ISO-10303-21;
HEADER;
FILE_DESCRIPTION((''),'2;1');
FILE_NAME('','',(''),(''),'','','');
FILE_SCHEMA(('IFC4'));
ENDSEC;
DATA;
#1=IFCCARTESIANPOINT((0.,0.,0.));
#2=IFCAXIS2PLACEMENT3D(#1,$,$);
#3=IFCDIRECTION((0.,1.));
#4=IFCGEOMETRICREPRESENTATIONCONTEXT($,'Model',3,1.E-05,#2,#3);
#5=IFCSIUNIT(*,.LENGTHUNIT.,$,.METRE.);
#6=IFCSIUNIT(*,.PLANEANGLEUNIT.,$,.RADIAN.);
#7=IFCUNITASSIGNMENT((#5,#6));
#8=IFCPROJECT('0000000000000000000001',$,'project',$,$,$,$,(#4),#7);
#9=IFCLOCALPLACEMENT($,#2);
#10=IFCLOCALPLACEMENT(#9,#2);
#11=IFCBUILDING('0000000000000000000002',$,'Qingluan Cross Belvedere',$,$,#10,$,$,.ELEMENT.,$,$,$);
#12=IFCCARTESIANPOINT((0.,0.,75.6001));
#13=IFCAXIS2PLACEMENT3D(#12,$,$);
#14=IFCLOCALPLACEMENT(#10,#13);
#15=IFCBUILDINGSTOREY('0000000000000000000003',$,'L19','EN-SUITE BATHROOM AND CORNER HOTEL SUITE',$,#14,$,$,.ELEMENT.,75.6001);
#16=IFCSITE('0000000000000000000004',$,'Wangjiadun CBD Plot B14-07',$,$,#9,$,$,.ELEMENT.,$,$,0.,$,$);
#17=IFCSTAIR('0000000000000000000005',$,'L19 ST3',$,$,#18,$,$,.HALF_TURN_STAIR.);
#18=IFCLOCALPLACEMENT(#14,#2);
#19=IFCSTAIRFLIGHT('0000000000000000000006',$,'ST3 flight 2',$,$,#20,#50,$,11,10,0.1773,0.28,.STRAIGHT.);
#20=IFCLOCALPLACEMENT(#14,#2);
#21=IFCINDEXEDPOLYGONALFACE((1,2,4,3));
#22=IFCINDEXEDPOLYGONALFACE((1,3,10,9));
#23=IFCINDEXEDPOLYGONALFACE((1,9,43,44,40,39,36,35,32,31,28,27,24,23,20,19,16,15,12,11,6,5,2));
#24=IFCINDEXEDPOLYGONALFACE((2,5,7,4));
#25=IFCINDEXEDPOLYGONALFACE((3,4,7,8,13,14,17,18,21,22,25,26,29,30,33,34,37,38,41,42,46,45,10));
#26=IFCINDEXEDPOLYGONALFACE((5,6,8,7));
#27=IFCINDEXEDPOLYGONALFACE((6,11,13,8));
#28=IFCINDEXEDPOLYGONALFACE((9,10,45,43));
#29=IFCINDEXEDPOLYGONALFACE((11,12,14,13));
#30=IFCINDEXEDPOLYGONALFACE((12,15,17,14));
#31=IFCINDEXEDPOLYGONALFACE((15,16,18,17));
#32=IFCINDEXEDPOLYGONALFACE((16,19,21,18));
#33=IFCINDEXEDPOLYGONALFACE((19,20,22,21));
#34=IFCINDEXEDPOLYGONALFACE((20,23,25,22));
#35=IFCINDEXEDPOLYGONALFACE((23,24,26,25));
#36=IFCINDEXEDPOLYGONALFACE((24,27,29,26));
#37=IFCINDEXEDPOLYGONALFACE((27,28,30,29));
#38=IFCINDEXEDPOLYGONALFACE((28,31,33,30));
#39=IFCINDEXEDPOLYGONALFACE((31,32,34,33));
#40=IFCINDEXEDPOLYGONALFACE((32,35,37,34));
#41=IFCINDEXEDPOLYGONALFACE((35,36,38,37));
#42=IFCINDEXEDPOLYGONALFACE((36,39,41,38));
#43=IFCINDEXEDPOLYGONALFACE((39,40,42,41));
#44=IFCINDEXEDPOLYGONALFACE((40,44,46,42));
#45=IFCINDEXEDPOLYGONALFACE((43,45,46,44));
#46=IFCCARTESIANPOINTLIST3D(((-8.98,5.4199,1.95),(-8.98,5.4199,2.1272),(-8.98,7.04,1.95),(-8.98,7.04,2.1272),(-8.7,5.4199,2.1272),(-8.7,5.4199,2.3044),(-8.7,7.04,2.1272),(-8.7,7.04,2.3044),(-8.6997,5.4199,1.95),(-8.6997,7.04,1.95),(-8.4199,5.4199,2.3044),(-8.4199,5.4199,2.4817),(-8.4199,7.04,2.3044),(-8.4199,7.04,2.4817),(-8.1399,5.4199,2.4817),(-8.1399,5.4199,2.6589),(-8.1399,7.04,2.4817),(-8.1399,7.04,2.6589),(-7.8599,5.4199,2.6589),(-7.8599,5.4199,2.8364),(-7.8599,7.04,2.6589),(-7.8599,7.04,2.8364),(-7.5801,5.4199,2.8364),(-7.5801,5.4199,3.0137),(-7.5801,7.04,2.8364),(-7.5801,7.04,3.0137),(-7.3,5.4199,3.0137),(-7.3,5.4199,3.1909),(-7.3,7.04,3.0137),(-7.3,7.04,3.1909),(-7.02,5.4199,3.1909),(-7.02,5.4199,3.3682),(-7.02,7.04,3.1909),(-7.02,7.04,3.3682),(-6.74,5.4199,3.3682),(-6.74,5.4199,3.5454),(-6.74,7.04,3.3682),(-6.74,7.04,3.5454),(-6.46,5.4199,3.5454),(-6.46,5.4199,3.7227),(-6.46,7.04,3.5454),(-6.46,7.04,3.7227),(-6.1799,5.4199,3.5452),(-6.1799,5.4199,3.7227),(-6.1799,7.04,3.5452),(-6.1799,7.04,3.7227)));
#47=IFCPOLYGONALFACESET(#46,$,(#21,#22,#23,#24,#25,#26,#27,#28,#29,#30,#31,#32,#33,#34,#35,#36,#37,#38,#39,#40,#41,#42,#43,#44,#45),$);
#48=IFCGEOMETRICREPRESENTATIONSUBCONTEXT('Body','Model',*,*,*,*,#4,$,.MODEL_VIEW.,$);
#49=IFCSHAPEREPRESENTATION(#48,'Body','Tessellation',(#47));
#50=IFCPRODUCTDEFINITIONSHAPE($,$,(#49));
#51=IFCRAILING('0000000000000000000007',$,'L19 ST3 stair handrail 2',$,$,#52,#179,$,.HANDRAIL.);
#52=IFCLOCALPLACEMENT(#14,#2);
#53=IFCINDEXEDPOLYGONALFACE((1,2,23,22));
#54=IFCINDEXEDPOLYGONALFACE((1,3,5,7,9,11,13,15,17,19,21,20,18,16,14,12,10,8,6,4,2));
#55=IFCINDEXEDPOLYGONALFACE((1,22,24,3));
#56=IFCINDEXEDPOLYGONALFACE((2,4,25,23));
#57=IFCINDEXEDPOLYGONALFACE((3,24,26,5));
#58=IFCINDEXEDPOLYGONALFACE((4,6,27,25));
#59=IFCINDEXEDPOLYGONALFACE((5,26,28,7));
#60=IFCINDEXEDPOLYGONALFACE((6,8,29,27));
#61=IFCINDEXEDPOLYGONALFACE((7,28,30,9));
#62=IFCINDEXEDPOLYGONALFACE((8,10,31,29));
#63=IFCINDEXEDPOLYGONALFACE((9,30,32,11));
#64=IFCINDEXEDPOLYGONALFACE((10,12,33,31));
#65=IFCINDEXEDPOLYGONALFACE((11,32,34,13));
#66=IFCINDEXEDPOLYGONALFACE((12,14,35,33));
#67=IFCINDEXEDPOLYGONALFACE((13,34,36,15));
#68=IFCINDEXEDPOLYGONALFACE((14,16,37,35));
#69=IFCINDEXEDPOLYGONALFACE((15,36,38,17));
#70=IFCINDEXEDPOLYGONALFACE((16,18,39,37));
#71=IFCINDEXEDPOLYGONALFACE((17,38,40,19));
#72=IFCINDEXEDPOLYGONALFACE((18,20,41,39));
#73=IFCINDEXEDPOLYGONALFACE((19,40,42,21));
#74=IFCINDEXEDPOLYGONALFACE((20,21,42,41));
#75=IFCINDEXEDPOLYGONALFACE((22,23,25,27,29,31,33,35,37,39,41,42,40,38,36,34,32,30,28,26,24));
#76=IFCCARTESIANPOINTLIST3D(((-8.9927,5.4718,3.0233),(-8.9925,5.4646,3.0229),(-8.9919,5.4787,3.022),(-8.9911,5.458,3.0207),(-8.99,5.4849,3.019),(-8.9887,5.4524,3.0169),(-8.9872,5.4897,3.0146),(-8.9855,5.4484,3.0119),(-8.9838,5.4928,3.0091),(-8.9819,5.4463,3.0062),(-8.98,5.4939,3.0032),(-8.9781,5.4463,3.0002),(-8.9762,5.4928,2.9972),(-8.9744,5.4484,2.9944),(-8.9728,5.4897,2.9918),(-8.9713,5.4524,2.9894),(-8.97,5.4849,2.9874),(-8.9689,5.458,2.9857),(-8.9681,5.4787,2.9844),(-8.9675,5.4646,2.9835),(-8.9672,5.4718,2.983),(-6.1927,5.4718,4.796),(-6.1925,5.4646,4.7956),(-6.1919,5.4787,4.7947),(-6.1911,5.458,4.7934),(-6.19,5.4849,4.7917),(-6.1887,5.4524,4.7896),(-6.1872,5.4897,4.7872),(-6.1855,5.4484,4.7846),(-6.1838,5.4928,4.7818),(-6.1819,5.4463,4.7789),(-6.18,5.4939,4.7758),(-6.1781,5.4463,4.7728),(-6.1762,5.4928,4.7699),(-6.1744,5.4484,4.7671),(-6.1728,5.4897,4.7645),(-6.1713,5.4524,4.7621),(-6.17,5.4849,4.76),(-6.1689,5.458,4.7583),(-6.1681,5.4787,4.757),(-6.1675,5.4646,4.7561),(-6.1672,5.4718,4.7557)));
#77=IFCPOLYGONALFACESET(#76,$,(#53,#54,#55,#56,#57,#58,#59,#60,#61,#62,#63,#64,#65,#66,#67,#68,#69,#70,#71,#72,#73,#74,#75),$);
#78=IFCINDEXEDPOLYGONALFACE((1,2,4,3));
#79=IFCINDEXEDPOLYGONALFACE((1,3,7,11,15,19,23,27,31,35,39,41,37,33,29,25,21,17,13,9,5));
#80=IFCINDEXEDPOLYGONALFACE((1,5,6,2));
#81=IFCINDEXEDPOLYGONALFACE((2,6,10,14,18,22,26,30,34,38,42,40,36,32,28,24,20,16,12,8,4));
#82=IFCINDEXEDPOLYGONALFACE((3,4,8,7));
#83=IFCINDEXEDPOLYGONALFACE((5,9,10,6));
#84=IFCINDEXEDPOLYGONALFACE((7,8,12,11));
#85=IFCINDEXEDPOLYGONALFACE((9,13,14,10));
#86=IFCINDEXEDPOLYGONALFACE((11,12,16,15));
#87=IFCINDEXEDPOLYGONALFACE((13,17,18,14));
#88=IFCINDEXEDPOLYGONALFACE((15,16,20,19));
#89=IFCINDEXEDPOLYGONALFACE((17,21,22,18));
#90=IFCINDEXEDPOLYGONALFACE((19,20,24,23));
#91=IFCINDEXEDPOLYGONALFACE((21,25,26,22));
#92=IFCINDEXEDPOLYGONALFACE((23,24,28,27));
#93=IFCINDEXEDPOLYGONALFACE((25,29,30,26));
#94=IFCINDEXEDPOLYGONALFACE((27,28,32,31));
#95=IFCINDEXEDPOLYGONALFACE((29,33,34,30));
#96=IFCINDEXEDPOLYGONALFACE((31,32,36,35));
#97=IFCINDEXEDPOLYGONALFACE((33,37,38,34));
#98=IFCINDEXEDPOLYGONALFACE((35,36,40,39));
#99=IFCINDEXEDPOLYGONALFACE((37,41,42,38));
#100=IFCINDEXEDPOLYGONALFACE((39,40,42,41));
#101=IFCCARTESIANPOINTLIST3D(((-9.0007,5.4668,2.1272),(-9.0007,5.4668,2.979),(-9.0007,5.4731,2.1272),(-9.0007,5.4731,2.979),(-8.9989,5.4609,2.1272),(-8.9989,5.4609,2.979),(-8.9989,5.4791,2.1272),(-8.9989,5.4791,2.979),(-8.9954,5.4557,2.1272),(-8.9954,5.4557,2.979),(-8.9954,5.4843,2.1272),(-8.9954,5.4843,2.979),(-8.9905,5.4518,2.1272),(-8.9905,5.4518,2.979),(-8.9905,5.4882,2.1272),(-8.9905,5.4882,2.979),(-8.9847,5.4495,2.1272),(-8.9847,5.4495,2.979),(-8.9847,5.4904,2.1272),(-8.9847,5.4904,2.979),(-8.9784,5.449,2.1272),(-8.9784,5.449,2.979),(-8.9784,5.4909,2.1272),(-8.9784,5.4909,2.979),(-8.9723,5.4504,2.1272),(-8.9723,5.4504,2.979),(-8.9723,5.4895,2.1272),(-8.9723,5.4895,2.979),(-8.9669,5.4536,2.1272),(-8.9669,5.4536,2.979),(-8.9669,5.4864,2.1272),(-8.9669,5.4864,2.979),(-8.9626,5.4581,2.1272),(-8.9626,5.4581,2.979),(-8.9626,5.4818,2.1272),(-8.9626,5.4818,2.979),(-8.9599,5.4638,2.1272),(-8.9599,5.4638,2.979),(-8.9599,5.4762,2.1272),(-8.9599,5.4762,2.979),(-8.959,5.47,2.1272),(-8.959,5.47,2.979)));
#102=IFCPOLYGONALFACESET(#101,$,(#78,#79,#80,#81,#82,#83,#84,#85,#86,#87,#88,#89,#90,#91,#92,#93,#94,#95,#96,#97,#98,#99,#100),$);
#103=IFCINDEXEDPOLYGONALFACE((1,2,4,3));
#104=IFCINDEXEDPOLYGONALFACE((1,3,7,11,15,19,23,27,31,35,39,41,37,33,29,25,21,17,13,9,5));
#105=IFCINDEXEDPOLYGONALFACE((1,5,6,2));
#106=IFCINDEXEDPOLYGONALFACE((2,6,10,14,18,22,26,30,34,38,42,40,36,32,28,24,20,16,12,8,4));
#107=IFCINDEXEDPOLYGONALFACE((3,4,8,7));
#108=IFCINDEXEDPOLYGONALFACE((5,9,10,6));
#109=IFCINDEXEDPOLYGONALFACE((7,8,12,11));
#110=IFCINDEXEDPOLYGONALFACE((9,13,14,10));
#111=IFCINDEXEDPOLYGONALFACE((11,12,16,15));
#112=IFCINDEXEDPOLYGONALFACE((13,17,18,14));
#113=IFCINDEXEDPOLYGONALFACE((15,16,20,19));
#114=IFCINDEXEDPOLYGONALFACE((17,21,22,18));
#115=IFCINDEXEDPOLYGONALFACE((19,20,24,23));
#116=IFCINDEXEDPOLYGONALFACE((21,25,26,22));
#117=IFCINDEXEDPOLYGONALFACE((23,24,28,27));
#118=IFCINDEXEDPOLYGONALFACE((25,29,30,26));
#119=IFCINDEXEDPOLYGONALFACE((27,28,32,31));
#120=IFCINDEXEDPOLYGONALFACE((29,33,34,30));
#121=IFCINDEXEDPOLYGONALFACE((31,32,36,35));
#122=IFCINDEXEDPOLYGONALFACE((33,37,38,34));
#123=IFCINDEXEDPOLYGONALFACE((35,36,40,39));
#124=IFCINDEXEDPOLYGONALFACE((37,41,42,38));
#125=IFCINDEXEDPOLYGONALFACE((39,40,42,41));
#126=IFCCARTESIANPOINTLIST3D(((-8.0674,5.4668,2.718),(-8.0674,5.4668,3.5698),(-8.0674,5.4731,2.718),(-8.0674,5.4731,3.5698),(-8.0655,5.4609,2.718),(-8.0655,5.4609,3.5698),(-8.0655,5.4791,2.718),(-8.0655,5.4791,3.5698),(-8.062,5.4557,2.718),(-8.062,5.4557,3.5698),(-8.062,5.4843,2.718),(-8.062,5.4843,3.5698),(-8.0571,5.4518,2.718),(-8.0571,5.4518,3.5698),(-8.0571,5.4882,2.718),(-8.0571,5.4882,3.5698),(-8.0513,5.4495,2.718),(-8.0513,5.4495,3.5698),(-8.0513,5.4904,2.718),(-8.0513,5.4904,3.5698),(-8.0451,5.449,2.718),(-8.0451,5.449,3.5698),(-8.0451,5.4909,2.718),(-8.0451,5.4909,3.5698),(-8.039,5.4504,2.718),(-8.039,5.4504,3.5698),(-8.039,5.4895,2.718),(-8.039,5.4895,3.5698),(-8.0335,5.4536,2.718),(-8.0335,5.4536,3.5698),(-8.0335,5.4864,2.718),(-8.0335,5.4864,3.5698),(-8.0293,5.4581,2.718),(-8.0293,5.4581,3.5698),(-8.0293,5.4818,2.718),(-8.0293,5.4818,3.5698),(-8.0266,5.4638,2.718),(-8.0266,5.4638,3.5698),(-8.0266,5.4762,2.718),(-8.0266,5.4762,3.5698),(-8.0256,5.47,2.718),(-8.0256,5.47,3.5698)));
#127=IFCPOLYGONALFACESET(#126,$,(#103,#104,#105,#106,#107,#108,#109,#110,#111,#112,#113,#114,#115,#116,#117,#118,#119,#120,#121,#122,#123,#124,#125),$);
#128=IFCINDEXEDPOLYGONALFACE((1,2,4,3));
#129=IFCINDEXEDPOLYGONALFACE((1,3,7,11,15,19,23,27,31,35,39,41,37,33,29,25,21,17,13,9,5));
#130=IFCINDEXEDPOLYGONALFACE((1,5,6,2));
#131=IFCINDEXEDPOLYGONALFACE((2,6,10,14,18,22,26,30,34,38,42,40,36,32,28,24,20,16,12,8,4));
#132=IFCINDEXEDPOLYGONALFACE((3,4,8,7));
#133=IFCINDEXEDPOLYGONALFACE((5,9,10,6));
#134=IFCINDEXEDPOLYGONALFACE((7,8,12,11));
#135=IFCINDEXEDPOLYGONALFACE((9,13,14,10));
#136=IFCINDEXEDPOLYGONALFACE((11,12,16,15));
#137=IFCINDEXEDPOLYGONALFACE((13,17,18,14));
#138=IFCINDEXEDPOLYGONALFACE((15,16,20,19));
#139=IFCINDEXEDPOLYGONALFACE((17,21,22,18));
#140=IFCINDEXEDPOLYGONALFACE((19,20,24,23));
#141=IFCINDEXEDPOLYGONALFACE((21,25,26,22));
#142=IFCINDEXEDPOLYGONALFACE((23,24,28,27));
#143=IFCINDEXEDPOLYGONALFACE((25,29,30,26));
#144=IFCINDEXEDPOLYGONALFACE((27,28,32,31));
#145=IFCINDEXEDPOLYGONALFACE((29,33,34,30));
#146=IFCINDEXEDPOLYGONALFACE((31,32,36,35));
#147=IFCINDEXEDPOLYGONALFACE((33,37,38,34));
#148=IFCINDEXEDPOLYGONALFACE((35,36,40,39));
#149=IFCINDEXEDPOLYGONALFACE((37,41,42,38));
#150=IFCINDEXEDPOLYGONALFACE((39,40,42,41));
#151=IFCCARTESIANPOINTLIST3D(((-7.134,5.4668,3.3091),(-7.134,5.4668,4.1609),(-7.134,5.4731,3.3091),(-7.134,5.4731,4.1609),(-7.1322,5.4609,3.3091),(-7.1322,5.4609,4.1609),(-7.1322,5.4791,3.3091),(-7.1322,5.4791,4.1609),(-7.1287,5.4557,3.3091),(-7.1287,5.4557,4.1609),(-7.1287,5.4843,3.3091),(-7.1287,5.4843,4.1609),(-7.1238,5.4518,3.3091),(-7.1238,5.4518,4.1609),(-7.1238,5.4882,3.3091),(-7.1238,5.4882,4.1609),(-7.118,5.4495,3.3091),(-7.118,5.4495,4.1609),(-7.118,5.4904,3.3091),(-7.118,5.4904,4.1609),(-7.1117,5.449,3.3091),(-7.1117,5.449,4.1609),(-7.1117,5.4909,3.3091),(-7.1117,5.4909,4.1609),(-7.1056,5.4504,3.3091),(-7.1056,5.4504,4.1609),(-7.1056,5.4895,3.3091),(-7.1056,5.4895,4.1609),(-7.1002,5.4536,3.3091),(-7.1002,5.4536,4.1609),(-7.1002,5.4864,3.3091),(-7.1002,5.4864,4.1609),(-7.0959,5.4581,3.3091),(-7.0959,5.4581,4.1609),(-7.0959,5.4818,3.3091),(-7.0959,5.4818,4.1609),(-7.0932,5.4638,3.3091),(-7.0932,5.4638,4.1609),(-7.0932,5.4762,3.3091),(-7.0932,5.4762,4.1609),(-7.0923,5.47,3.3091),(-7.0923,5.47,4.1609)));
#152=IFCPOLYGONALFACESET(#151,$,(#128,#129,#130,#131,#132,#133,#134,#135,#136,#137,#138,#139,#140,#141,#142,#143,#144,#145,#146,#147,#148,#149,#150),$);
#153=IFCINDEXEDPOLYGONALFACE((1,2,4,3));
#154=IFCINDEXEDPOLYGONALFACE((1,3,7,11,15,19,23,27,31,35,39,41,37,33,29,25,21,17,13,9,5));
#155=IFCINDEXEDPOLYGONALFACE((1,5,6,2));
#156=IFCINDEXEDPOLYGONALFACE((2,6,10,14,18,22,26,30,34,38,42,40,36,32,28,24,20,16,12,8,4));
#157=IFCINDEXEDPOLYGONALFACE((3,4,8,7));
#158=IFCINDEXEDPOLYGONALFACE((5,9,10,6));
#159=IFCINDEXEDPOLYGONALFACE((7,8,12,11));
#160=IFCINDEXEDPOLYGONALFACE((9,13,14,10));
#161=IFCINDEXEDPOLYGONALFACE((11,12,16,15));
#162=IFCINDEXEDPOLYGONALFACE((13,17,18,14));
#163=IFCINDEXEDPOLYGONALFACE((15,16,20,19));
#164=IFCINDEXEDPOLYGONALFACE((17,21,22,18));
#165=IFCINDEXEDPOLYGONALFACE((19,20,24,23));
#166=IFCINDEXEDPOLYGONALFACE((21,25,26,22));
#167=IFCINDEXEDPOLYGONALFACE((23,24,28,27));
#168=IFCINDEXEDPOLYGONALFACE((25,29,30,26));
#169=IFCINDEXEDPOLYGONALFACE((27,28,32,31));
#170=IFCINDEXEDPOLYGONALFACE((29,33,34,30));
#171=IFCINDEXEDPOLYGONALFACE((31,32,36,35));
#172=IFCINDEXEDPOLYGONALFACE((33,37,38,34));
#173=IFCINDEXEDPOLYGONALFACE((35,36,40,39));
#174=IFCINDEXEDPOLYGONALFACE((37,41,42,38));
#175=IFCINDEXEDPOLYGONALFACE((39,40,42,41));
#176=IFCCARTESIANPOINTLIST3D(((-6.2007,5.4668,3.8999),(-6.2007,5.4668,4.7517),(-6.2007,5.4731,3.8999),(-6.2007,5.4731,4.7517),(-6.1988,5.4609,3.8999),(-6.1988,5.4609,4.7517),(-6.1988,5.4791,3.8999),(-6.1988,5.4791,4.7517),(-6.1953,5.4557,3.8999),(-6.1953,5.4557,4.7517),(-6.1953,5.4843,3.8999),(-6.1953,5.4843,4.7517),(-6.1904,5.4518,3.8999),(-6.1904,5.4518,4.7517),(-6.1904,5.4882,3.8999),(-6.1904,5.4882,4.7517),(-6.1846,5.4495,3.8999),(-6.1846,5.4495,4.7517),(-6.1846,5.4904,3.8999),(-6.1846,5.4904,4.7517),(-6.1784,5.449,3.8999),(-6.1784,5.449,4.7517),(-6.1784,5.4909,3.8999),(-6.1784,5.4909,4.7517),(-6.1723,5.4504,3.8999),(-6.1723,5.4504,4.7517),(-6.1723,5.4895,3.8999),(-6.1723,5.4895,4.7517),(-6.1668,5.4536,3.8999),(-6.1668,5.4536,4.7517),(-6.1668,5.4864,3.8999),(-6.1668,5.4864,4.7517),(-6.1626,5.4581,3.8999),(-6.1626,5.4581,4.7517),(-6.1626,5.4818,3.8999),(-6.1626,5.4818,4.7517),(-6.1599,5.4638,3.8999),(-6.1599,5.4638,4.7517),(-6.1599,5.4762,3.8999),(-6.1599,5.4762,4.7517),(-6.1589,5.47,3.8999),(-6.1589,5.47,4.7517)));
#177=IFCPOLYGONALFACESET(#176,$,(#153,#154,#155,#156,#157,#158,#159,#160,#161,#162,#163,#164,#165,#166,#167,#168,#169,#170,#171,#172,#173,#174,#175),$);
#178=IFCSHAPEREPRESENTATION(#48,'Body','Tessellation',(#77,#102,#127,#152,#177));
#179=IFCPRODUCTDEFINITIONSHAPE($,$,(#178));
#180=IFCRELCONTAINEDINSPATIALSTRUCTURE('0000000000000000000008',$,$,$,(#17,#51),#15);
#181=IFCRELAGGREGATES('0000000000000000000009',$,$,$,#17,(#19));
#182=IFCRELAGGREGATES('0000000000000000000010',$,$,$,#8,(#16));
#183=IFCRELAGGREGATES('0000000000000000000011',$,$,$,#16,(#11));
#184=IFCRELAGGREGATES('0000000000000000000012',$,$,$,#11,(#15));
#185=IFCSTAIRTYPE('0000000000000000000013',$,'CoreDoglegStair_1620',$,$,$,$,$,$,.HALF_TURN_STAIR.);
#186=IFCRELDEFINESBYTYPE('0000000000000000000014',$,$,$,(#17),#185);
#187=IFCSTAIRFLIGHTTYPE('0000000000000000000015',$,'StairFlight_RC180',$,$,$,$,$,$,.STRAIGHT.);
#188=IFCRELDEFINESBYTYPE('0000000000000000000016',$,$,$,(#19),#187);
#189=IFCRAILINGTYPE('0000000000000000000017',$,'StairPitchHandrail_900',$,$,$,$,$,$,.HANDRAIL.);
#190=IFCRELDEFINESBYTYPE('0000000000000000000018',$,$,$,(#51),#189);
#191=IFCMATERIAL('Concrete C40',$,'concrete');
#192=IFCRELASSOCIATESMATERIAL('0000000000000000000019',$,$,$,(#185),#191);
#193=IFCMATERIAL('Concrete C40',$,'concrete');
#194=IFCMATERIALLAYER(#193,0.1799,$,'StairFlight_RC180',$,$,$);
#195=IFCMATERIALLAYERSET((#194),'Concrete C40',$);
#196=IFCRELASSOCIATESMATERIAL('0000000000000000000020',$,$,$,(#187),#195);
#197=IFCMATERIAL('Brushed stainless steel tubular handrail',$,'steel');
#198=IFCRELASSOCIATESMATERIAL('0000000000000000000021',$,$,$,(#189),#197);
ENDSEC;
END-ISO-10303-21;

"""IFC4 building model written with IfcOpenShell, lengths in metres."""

from ifc_helpers import new_model, si_unit, direction, frame, origin, origin_2d, place, context, subcontext, project, spatial, polyline, circle, outline, extrude, material, layer, layer_set, type_object, element, aggregate, save


model = new_model("IFC4")

# Units and contexts
model_context = context("Model", 3, precision=1e-05, world=origin(), true_north=direction((0.0, 1.0)))
body_context = subcontext(model_context, "Body", "Model", "MODEL_VIEW")
ifc_project = project(units=[si_unit("LENGTHUNIT", "METRE"), si_unit("PLANEANGLEUNIT", "RADIAN")], contexts=[model_context])

# Site, building, storey
site_placement = place(None, origin())
site = spatial("IfcSite", under=ifc_project, at=site_placement, Name="Wangjiadun CBD Plot B14-07", CompositionType="ELEMENT", RefElevation=0.0)
building_placement = place(site_placement, origin())
building = spatial("IfcBuilding", under=site, at=building_placement, Name="Qingluan Cross Belvedere", CompositionType="ELEMENT")
storey_placement = place(building_placement, frame((0.0, 0.0, 75.6001)))
storey = spatial("IfcBuildingStorey", under=building, at=storey_placement, Name="L19", Description="EN-SUITE BATHROOM AND CORNER HOTEL SUITE", CompositionType="ELEMENT", Elevation=75.6001)

# Stair, stair flight
ifc_material_1 = material(Name="Concrete C40", Category="concrete")
stair_type = type_object("IfcStairType", Name="CoreDoglegStair_1620", PredefinedType="HALF_TURN_STAIR", material=ifc_material_1)
stair_placement = place(storey_placement, origin())
stair = element("IfcStair", 1, at=stair_placement, inside=storey, type_object=stair_type, Name="L19 ST3", PredefinedType="HALF_TURN_STAIR")
ifc_material_2 = material(Name="Concrete C40", Category="concrete")
ifc_layer_1 = layer(ifc_material_2, 0.1799, Name="StairFlight_RC180")
ifc_layer_set_1 = layer_set([ifc_layer_1], Name="Concrete C40")
stair_flight_type = type_object("IfcStairFlightType", Name="StairFlight_RC180", PredefinedType="STRAIGHT", material=ifc_layer_set_1)
stair_flight_1_placement = place(storey_placement, frame((-8.98, 6.23, 1.95), z_axis=(0.0, 0.0, 1.0), x_axis=(1.0, 0.0, 0.0)))
stair_flight_1 = element("IfcStairFlight", 2, at=stair_flight_1_placement, type_object=stair_flight_type, Name="ST3 flight 2", NumberOfRisers=11, NumberOfTreads=10, PredefinedType="STRAIGHT", RiserHeight=0.1773, TreadLength=0.28, context=body_context, shape_type="SweptSolid", body=[
    extrude(outline(polyline([(0.0, 0.0), (0.0, 0.1772), (0.28, 0.1772), (0.28, 0.3545), (0.5601, 0.3545), (0.5601, 0.5317), (0.8401, 0.5317), (0.8401, 0.709), (1.1201, 0.709), (1.1201, 0.8865), (1.3999, 0.8865), (1.3999, 1.0637), (1.6799, 1.0637), (1.6799, 1.241), (1.96, 1.241), (1.96, 1.4182), (2.24, 1.4182), (2.24, 1.5955), (2.52, 1.5955), (2.52, 1.7727), (2.8, 1.7727), (2.8, 1.95), (2.8, 1.5952), (0.2803, 0.0), (0.0, 0.0)])), frame((0.0, 0.8101, 0.0), z_axis=(0.0, -1.0, 0.0), x_axis=(1.0, 0.0, 0.0)), (0.0, 0.0, 1.0), 1.6201),
])
aggregate(stair, [stair_flight_1])

# Railing
ifc_material_3 = material(Name="Brushed stainless steel tubular handrail", Category="steel")
railing_type_1 = type_object("IfcRailingType", Name="StairPitchHandrail_900", PredefinedType="HANDRAIL", material=ifc_material_3)
railing_1_placement = place(storey_placement, frame((-8.98, 5.47, 2.1272)))
element("IfcRailing", 3, at=railing_1_placement, inside=storey, type_object=railing_type_1, Name="L19 ST3 stair handrail 2", PredefinedType="HANDRAIL", context=body_context, shape_type="SweptSolid", body=[
    extrude(circle(Radius=0.0239, at=origin_2d()), frame((0.0, 0.0, 0.876), z_axis=(0.844909, 0.0, 0.53491), x_axis=(0.0, 1.0, 0.0)), (0.0, 0.0, 1.0), 3.314),
    extrude(circle(Radius=0.021, at=origin_2d()), origin(), (0.0, 0.0, 1.0), 0.8518),
    extrude(circle(Radius=0.021, at=origin_2d()), frame((0.9333, 0.0, 0.5908)), (0.0, 0.0, 1.0), 0.8518),
    extrude(circle(Radius=0.021, at=origin_2d()), frame((1.8667, 0.0, 1.1819)), (0.0, 0.0, 1.0), 0.8518),
    extrude(circle(Radius=0.021, at=origin_2d()), frame((2.8, 0.0, 1.7727)), (0.0, 0.0, 1.0), 0.8518),
])

save(model, "model.ifc")
